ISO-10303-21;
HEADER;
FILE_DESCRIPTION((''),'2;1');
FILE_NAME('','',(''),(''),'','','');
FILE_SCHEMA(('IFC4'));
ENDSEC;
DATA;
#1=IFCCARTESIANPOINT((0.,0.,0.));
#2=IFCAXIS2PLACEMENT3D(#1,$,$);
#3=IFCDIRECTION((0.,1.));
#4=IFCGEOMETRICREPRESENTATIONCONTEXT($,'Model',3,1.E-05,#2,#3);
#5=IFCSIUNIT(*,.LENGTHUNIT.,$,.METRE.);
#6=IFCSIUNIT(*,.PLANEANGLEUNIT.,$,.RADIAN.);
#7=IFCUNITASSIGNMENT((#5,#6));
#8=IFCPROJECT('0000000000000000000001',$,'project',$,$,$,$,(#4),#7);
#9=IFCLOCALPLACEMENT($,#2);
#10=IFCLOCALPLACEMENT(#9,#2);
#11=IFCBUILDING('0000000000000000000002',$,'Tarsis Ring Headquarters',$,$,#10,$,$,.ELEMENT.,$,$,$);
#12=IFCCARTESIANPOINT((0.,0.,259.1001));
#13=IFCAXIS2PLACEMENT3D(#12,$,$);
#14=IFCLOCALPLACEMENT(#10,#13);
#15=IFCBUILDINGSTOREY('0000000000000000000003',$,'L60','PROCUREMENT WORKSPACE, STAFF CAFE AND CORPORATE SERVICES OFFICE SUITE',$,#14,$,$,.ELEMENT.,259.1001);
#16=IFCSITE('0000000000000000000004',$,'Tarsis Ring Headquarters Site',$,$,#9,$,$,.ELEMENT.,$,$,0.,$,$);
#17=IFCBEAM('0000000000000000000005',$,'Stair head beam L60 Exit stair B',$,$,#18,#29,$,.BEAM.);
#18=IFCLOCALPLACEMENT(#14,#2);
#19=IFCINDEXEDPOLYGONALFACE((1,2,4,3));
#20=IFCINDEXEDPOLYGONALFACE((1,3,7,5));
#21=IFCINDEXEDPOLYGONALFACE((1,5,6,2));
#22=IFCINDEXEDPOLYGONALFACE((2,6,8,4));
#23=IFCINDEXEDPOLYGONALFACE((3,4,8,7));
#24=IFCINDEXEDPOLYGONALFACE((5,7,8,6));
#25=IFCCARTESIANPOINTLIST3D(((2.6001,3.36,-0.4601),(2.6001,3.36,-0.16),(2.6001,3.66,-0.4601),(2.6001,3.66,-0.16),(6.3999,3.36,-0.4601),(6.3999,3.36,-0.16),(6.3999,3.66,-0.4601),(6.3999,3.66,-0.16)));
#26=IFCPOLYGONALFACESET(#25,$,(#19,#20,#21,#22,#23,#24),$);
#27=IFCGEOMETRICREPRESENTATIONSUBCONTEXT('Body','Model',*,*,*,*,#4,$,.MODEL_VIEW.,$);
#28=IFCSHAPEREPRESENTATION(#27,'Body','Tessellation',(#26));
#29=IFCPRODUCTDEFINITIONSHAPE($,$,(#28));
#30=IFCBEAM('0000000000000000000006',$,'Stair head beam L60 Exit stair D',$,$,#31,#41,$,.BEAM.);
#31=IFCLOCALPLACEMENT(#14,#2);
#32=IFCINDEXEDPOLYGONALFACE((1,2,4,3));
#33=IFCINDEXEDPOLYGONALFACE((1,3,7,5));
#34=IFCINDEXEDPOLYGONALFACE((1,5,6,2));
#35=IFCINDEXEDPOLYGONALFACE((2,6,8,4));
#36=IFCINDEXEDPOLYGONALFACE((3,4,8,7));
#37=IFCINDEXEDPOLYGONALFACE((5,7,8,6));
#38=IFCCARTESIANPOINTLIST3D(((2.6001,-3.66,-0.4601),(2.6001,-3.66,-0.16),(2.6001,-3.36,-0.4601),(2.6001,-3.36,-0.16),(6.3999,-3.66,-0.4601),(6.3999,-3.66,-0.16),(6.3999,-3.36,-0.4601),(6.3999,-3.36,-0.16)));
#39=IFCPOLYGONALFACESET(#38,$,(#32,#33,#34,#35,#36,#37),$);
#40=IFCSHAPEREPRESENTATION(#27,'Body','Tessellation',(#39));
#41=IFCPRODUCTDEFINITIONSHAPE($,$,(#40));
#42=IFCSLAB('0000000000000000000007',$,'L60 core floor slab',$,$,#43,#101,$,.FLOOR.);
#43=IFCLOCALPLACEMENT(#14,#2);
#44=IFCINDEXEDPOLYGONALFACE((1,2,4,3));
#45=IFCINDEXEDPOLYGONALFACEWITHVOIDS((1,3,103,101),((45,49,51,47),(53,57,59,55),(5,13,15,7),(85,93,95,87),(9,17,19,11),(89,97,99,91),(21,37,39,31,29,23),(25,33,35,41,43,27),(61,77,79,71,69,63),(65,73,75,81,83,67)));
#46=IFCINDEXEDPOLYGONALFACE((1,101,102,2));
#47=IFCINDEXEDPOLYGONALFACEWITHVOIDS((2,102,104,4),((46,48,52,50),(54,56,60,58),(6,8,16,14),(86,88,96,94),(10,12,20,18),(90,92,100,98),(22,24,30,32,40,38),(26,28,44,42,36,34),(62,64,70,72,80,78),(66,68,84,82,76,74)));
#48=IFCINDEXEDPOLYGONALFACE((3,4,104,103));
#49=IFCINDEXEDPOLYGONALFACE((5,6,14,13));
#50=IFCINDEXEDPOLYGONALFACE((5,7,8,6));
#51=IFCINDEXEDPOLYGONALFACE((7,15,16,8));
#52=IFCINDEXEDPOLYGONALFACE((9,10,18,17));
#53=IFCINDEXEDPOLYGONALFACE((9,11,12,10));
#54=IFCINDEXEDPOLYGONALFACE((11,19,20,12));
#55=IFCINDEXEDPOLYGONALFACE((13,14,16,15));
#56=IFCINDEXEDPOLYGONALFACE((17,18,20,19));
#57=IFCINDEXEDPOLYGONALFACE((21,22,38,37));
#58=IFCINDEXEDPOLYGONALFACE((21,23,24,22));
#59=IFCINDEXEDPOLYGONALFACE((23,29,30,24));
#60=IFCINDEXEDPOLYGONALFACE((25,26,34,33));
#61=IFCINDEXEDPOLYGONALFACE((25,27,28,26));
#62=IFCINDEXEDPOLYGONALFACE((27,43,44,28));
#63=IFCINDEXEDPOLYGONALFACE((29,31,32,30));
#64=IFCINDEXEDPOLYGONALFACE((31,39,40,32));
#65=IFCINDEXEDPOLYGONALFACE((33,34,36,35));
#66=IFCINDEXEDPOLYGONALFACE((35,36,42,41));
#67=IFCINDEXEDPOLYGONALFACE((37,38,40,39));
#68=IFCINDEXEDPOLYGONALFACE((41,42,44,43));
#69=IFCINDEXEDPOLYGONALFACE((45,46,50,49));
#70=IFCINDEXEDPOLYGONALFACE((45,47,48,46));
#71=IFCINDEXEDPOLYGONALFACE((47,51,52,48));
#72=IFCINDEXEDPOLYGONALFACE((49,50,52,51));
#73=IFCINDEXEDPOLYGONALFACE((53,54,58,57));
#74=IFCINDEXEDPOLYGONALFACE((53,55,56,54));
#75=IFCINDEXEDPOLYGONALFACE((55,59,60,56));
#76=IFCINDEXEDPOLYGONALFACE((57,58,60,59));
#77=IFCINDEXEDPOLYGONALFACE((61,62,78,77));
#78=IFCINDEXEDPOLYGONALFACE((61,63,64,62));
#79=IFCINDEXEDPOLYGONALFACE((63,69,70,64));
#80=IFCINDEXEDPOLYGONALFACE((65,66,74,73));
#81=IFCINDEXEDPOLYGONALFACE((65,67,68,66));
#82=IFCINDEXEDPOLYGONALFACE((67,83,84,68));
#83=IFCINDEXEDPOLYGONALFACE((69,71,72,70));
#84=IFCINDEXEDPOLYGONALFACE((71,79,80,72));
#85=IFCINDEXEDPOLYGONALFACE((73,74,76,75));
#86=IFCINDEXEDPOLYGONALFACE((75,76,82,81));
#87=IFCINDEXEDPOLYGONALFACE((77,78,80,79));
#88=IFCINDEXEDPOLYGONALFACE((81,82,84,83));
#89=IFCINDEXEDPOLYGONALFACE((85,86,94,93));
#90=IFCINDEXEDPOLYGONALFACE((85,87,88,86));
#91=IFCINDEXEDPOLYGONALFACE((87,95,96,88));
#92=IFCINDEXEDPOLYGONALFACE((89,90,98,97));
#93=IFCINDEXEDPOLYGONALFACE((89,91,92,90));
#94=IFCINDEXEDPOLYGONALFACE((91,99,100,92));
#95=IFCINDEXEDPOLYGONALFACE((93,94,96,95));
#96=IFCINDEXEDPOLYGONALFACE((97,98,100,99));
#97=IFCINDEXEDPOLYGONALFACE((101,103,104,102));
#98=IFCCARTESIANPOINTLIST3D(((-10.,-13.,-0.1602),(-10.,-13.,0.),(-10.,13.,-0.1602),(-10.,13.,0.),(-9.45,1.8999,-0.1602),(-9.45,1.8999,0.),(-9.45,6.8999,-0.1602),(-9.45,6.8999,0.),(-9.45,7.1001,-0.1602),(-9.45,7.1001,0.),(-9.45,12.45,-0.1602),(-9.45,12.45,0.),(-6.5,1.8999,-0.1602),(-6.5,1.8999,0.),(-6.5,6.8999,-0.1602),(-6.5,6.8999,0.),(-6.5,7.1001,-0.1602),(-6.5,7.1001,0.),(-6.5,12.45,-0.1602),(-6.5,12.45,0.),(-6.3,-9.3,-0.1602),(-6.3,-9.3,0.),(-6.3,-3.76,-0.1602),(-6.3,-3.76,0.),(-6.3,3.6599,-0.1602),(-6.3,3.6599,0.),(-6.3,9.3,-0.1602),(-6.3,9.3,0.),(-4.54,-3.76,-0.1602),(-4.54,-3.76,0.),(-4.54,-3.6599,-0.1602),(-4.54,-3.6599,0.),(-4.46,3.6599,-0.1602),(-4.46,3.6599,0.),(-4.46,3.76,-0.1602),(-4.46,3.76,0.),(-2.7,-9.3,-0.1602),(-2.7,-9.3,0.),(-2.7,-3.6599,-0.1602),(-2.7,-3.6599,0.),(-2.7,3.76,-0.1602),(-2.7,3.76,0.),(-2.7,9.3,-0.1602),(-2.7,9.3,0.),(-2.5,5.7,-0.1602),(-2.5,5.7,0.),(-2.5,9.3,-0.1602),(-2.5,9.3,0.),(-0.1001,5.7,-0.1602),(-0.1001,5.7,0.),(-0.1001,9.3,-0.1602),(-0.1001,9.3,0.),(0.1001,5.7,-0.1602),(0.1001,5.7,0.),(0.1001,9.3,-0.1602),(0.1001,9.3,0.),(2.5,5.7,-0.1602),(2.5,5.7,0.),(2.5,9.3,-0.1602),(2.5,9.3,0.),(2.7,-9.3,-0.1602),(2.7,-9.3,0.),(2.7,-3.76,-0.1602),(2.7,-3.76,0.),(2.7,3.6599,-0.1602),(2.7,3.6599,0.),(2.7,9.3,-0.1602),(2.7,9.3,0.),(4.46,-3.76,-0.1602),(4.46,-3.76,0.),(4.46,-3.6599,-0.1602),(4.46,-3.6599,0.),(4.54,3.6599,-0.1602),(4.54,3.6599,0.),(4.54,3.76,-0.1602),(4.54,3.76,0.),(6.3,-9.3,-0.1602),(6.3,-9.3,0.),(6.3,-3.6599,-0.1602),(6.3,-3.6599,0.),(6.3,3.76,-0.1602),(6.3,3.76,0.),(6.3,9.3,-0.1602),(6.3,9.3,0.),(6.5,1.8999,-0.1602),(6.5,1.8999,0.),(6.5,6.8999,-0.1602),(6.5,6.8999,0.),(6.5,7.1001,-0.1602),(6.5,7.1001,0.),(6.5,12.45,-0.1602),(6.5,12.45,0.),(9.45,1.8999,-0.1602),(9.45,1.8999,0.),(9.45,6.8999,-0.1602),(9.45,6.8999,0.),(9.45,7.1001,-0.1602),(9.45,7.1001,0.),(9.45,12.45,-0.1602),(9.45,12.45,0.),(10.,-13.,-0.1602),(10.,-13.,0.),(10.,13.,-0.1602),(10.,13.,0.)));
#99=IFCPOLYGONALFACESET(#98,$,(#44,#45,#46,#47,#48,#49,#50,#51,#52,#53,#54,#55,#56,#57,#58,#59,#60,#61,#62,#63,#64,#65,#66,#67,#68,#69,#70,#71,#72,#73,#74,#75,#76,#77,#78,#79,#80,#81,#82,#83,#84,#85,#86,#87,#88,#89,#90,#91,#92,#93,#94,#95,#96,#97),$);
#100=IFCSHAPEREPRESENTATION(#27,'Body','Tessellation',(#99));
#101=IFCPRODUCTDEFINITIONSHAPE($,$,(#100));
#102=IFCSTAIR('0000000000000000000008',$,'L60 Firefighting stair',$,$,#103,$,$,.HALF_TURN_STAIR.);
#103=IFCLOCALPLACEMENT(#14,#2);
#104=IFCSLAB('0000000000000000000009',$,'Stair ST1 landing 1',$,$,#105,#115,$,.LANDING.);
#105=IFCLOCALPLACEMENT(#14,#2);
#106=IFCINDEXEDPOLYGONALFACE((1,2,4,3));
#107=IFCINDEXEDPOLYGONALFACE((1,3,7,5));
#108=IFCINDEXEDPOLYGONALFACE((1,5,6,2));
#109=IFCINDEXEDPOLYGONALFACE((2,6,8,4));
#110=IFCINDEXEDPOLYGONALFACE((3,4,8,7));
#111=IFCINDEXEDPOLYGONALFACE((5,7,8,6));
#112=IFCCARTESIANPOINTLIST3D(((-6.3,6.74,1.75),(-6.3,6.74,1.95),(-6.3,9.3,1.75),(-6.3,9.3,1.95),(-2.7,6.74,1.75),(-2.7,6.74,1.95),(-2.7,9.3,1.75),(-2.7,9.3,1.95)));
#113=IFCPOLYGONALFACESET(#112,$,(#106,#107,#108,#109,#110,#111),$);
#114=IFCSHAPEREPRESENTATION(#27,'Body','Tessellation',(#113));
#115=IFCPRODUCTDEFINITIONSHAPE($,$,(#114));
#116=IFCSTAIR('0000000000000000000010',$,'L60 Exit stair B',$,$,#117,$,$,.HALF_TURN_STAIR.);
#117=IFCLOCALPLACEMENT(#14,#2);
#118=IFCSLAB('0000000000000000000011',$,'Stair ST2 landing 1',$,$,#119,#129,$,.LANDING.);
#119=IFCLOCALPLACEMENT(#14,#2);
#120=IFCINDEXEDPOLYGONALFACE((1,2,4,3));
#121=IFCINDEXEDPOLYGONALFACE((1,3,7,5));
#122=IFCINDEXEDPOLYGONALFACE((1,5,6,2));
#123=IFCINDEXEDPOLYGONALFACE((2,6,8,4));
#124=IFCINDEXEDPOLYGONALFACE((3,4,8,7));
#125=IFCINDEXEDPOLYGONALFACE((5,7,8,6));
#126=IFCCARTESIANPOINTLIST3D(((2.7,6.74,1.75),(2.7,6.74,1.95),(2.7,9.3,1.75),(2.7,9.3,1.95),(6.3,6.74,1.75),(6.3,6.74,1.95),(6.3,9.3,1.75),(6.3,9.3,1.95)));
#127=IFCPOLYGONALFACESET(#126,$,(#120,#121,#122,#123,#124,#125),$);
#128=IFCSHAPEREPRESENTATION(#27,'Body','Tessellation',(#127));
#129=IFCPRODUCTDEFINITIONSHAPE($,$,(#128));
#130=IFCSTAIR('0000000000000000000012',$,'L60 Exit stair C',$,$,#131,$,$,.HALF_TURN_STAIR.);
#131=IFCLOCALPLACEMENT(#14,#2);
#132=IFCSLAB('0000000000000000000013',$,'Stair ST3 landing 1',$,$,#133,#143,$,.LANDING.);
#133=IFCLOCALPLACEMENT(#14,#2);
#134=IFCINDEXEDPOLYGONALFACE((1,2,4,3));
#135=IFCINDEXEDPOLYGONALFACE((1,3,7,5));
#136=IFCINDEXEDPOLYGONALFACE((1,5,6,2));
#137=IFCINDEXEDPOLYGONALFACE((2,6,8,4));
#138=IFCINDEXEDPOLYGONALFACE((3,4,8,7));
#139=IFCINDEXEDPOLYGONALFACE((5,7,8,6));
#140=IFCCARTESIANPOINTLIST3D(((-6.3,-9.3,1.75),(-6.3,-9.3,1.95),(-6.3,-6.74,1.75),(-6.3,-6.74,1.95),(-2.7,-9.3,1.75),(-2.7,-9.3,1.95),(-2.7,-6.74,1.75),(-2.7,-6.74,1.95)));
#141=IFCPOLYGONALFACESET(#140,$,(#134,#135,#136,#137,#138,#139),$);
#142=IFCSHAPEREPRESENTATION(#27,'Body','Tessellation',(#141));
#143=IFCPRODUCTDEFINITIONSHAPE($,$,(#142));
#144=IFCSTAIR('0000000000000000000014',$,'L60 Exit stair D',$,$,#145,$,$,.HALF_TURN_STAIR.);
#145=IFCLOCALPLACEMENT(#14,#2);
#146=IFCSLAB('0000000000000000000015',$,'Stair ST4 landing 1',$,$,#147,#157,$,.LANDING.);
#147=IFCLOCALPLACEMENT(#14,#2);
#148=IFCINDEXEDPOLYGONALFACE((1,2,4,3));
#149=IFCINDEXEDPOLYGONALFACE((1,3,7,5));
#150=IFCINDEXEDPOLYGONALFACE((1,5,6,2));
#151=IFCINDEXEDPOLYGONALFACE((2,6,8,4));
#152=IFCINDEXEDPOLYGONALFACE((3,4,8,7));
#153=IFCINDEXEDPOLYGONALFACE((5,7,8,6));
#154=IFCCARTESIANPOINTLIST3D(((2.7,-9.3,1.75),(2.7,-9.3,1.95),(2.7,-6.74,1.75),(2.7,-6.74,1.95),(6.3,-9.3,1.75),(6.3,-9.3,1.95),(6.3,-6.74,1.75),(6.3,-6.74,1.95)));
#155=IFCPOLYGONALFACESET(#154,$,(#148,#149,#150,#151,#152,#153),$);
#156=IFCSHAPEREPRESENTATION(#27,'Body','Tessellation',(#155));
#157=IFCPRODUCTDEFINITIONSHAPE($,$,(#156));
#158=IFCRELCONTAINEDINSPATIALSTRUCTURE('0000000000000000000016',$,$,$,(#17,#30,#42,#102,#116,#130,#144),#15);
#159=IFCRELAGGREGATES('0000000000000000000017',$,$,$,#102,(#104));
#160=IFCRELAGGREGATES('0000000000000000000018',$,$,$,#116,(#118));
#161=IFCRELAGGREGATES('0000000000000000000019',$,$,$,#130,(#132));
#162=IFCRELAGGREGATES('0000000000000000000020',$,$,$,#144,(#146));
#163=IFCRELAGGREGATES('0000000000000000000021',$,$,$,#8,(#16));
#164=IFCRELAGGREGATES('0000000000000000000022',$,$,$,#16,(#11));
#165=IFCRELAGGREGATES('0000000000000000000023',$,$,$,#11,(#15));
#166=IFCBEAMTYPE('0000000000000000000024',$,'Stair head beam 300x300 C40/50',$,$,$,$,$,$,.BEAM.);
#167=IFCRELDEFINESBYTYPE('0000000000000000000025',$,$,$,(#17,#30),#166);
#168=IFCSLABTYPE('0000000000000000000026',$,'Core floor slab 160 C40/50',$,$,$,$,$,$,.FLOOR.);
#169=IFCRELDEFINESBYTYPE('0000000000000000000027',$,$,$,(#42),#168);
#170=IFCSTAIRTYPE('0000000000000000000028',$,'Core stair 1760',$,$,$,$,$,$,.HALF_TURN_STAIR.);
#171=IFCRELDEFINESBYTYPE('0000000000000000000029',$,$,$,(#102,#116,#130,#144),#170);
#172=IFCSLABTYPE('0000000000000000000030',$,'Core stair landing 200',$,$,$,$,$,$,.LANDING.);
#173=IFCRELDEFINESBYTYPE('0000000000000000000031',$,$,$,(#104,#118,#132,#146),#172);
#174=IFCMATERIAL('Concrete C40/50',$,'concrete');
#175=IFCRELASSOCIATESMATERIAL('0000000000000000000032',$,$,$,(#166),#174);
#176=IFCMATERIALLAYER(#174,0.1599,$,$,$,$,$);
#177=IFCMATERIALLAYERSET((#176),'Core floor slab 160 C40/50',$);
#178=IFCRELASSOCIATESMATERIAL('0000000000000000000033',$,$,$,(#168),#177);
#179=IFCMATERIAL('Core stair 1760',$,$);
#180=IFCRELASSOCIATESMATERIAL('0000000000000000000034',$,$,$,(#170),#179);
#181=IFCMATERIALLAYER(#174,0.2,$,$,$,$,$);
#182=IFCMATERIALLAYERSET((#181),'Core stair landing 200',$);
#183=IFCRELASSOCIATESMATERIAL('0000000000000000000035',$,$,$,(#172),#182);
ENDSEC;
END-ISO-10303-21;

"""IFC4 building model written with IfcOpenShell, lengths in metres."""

from ifc_helpers import new_model, si_unit, direction, frame, origin, origin_2d, place, context, subcontext, project, spatial, polyline, rectangle, outline, extrude, material, layer, layer_set, material_profile, profile_set, type_object, element, aggregate, save


model = new_model("IFC4")

# Units and contexts
model_context = context("Model", 3, precision=1e-05, world=origin(), true_north=direction((0.0, 1.0)))
body_context = subcontext(model_context, "Body", "Model", "MODEL_VIEW")
ifc_project = project(units=[si_unit("LENGTHUNIT", "METRE"), si_unit("PLANEANGLEUNIT", "RADIAN")], contexts=[model_context])

# Site, building, storey
site_placement = place(None, origin())
site = spatial("IfcSite", under=ifc_project, at=site_placement, Name="Tarsis Ring Headquarters Site", CompositionType="ELEMENT", RefElevation=0.0)
building_placement = place(site_placement, origin())
building = spatial("IfcBuilding", under=site, at=building_placement, Name="Tarsis Ring Headquarters", CompositionType="ELEMENT")
storey_placement = place(building_placement, frame((0.0, 0.0, 259.1001)))
storey = spatial("IfcBuildingStorey", under=building, at=storey_placement, Name="L60", Description="PROCUREMENT WORKSPACE, STAFF CAFE AND CORPORATE SERVICES OFFICE SUITE", CompositionType="ELEMENT", Elevation=259.1001)

# Beams
ifc_material_1 = material(Name="Concrete C40/50", Category="concrete")
ifc_material_profile = material_profile(ifc_material_1, rectangle(XDim=0.3, YDim=0.3, at=origin_2d()), Name="Stair head beam 300x300 C40/50")
ifc_profile_set = profile_set([ifc_material_profile], Name="Concrete C40/50")
beam_type = type_object("IfcBeamType", Name="Stair head beam 300x300 C40/50", PredefinedType="BEAM", material=ifc_profile_set)
for number, where, z_axis, x_axis, name in (
    (1, (2.6001, 3.51, -0.3101), (1.0, 0.0, 0.0), (0.0, 1.0, 0.0), "Stair head beam L60 Exit stair B"),
    (2, (2.6001, -3.51, -0.3101), (1.0, 0.0, 0.0), (0.0, 1.0, 0.0), "Stair head beam L60 Exit stair D"),
):
    element("IfcBeam", number, at=place(storey_placement, frame(where, z_axis=z_axis, x_axis=x_axis)), inside=storey, type_object=beam_type, Name=name, PredefinedType="BEAM", context=body_context, shape_type="SweptSolid", body=[
        extrude(rectangle(XDim=0.3, YDim=0.3, at=origin_2d()), origin(), (0.0, 0.0, 1.0), 3.7998),
    ])

# Slab
ifc_layer_1 = layer(ifc_material_1, 0.1599)
ifc_layer_set_1 = layer_set([ifc_layer_1], Name="Core floor slab 160 C40/50")
slab_type_1 = type_object("IfcSlabType", Name="Core floor slab 160 C40/50", PredefinedType="FLOOR", material=ifc_layer_set_1)
slab_1_placement = place(storey_placement, frame((0.0, 0.0, -0.1602)))
element("IfcSlab", 3, at=slab_1_placement, inside=storey, type_object=slab_type_1, Name="L60 core floor slab", PredefinedType="FLOOR", context=body_context, shape_type="SweptSolid", body=[
    extrude(outline(polyline([(-10.0, -13.0), (10.0, -13.0), (10.0, 13.0), (-10.0, 13.0), (-10.0, -13.0)]), holes=[polyline([(-2.5, 5.7), (-0.1001, 5.7), (-0.1001, 9.3), (-2.5, 9.3), (-2.5, 5.7)]), polyline([(0.1001, 5.7), (2.5, 5.7), (2.5, 9.3), (0.1001, 9.3), (0.1001, 5.7)]), polyline([(-9.45, 1.8999), (-6.5, 1.8999), (-6.5, 6.8999), (-9.45, 6.8999), (-9.45, 1.8999)]), polyline([(-9.45, 7.1001), (-6.5, 7.1001), (-6.5, 12.45), (-9.45, 12.45), (-9.45, 7.1001)]), polyline([(6.5, 1.8999), (9.45, 1.8999), (9.45, 6.8999), (6.5, 6.8999), (6.5, 1.8999)]), polyline([(6.5, 7.1001), (9.45, 7.1001), (9.45, 12.45), (6.5, 12.45), (6.5, 7.1001)]), polyline([(-2.7, 3.76), (-2.7, 9.3), (-6.3, 9.3), (-6.3, 3.6599), (-4.46, 3.6599), (-4.46, 3.76), (-2.7, 3.76)]), polyline([(6.3, 3.76), (6.3, 9.3), (2.7, 9.3), (2.7, 3.6599), (4.54, 3.6599), (4.54, 3.76), (6.3, 3.76)]), polyline([(-6.3, -3.76), (-6.3, -9.3), (-2.7, -9.3), (-2.7, -3.6599), (-4.54, -3.6599), (-4.54, -3.76), (-6.3, -3.76)]), polyline([(2.7, -3.76), (2.7, -9.3), (6.3, -9.3), (6.3, -3.6599), (4.46, -3.6599), (4.46, -3.76), (2.7, -3.76)])]), origin(), (0.0, 0.0, 1.0), 0.1602),
])

# Stairs, slabs
ifc_material_2 = material(Name="Core stair 1760")
stair_type = type_object("IfcStairType", Name="Core stair 1760", PredefinedType="HALF_TURN_STAIR", material=ifc_material_2)
stair_1_placement = place(storey_placement, origin())
stair_1 = element("IfcStair", 4, at=stair_1_placement, inside=storey, type_object=stair_type, Name="L60 Firefighting stair", PredefinedType="HALF_TURN_STAIR")
ifc_layer_2 = layer(ifc_material_1, 0.2)
ifc_layer_set_2 = layer_set([ifc_layer_2], Name="Core stair landing 200")
slab_type_2 = type_object("IfcSlabType", Name="Core stair landing 200", PredefinedType="LANDING", material=ifc_layer_set_2)
slab_2_placement = place(storey_placement, frame((0.0, 0.0, 1.75)))
slab_2 = element("IfcSlab", 5, at=slab_2_placement, type_object=slab_type_2, Name="Stair ST1 landing 1", PredefinedType="LANDING", context=body_context, shape_type="SweptSolid", body=[
    extrude(outline(polyline([(-2.7, 6.74), (-2.7, 9.3), (-6.3, 9.3), (-6.3, 6.74), (-2.7, 6.74)])), origin(), (0.0, 0.0, 1.0), 0.2),
])
aggregate(stair_1, [slab_2])
stair_2_placement = place(storey_placement, origin())
stair_2 = element("IfcStair", 6, at=stair_2_placement, inside=storey, type_object=stair_type, Name="L60 Exit stair B", PredefinedType="HALF_TURN_STAIR")
slab_3_placement = place(storey_placement, frame((0.0, 0.0, 1.75)))
slab_3 = element("IfcSlab", 7, at=slab_3_placement, type_object=slab_type_2, Name="Stair ST2 landing 1", PredefinedType="LANDING", context=body_context, shape_type="SweptSolid", body=[
    extrude(outline(polyline([(6.3, 6.74), (6.3, 9.3), (2.7, 9.3), (2.7, 6.74), (6.3, 6.74)])), origin(), (0.0, 0.0, 1.0), 0.2),
])
aggregate(stair_2, [slab_3])
stair_3_placement = place(storey_placement, origin())
stair_3 = element("IfcStair", 8, at=stair_3_placement, inside=storey, type_object=stair_type, Name="L60 Exit stair C", PredefinedType="HALF_TURN_STAIR")
slab_4_placement = place(storey_placement, frame((0.0, 0.0, 1.75)))
slab_4 = element("IfcSlab", 9, at=slab_4_placement, type_object=slab_type_2, Name="Stair ST3 landing 1", PredefinedType="LANDING", context=body_context, shape_type="SweptSolid", body=[
    extrude(outline(polyline([(-6.3, -6.74), (-6.3, -9.3), (-2.7, -9.3), (-2.7, -6.74), (-6.3, -6.74)])), origin(), (0.0, 0.0, 1.0), 0.2),
])
aggregate(stair_3, [slab_4])
stair_4_placement = place(storey_placement, origin())
stair_4 = element("IfcStair", 10, at=stair_4_placement, inside=storey, type_object=stair_type, Name="L60 Exit stair D", PredefinedType="HALF_TURN_STAIR")
slab_5_placement = place(storey_placement, frame((0.0, 0.0, 1.75)))
slab_5 = element("IfcSlab", 11, at=slab_5_placement, type_object=slab_type_2, Name="Stair ST4 landing 1", PredefinedType="LANDING", context=body_context, shape_type="SweptSolid", body=[
    extrude(outline(polyline([(2.7, -6.74), (2.7, -9.3), (6.3, -9.3), (6.3, -6.74), (2.7, -6.74)])), origin(), (0.0, 0.0, 1.0), 0.2),
])
aggregate(stair_4, [slab_5])

save(model, "model.ifc")
